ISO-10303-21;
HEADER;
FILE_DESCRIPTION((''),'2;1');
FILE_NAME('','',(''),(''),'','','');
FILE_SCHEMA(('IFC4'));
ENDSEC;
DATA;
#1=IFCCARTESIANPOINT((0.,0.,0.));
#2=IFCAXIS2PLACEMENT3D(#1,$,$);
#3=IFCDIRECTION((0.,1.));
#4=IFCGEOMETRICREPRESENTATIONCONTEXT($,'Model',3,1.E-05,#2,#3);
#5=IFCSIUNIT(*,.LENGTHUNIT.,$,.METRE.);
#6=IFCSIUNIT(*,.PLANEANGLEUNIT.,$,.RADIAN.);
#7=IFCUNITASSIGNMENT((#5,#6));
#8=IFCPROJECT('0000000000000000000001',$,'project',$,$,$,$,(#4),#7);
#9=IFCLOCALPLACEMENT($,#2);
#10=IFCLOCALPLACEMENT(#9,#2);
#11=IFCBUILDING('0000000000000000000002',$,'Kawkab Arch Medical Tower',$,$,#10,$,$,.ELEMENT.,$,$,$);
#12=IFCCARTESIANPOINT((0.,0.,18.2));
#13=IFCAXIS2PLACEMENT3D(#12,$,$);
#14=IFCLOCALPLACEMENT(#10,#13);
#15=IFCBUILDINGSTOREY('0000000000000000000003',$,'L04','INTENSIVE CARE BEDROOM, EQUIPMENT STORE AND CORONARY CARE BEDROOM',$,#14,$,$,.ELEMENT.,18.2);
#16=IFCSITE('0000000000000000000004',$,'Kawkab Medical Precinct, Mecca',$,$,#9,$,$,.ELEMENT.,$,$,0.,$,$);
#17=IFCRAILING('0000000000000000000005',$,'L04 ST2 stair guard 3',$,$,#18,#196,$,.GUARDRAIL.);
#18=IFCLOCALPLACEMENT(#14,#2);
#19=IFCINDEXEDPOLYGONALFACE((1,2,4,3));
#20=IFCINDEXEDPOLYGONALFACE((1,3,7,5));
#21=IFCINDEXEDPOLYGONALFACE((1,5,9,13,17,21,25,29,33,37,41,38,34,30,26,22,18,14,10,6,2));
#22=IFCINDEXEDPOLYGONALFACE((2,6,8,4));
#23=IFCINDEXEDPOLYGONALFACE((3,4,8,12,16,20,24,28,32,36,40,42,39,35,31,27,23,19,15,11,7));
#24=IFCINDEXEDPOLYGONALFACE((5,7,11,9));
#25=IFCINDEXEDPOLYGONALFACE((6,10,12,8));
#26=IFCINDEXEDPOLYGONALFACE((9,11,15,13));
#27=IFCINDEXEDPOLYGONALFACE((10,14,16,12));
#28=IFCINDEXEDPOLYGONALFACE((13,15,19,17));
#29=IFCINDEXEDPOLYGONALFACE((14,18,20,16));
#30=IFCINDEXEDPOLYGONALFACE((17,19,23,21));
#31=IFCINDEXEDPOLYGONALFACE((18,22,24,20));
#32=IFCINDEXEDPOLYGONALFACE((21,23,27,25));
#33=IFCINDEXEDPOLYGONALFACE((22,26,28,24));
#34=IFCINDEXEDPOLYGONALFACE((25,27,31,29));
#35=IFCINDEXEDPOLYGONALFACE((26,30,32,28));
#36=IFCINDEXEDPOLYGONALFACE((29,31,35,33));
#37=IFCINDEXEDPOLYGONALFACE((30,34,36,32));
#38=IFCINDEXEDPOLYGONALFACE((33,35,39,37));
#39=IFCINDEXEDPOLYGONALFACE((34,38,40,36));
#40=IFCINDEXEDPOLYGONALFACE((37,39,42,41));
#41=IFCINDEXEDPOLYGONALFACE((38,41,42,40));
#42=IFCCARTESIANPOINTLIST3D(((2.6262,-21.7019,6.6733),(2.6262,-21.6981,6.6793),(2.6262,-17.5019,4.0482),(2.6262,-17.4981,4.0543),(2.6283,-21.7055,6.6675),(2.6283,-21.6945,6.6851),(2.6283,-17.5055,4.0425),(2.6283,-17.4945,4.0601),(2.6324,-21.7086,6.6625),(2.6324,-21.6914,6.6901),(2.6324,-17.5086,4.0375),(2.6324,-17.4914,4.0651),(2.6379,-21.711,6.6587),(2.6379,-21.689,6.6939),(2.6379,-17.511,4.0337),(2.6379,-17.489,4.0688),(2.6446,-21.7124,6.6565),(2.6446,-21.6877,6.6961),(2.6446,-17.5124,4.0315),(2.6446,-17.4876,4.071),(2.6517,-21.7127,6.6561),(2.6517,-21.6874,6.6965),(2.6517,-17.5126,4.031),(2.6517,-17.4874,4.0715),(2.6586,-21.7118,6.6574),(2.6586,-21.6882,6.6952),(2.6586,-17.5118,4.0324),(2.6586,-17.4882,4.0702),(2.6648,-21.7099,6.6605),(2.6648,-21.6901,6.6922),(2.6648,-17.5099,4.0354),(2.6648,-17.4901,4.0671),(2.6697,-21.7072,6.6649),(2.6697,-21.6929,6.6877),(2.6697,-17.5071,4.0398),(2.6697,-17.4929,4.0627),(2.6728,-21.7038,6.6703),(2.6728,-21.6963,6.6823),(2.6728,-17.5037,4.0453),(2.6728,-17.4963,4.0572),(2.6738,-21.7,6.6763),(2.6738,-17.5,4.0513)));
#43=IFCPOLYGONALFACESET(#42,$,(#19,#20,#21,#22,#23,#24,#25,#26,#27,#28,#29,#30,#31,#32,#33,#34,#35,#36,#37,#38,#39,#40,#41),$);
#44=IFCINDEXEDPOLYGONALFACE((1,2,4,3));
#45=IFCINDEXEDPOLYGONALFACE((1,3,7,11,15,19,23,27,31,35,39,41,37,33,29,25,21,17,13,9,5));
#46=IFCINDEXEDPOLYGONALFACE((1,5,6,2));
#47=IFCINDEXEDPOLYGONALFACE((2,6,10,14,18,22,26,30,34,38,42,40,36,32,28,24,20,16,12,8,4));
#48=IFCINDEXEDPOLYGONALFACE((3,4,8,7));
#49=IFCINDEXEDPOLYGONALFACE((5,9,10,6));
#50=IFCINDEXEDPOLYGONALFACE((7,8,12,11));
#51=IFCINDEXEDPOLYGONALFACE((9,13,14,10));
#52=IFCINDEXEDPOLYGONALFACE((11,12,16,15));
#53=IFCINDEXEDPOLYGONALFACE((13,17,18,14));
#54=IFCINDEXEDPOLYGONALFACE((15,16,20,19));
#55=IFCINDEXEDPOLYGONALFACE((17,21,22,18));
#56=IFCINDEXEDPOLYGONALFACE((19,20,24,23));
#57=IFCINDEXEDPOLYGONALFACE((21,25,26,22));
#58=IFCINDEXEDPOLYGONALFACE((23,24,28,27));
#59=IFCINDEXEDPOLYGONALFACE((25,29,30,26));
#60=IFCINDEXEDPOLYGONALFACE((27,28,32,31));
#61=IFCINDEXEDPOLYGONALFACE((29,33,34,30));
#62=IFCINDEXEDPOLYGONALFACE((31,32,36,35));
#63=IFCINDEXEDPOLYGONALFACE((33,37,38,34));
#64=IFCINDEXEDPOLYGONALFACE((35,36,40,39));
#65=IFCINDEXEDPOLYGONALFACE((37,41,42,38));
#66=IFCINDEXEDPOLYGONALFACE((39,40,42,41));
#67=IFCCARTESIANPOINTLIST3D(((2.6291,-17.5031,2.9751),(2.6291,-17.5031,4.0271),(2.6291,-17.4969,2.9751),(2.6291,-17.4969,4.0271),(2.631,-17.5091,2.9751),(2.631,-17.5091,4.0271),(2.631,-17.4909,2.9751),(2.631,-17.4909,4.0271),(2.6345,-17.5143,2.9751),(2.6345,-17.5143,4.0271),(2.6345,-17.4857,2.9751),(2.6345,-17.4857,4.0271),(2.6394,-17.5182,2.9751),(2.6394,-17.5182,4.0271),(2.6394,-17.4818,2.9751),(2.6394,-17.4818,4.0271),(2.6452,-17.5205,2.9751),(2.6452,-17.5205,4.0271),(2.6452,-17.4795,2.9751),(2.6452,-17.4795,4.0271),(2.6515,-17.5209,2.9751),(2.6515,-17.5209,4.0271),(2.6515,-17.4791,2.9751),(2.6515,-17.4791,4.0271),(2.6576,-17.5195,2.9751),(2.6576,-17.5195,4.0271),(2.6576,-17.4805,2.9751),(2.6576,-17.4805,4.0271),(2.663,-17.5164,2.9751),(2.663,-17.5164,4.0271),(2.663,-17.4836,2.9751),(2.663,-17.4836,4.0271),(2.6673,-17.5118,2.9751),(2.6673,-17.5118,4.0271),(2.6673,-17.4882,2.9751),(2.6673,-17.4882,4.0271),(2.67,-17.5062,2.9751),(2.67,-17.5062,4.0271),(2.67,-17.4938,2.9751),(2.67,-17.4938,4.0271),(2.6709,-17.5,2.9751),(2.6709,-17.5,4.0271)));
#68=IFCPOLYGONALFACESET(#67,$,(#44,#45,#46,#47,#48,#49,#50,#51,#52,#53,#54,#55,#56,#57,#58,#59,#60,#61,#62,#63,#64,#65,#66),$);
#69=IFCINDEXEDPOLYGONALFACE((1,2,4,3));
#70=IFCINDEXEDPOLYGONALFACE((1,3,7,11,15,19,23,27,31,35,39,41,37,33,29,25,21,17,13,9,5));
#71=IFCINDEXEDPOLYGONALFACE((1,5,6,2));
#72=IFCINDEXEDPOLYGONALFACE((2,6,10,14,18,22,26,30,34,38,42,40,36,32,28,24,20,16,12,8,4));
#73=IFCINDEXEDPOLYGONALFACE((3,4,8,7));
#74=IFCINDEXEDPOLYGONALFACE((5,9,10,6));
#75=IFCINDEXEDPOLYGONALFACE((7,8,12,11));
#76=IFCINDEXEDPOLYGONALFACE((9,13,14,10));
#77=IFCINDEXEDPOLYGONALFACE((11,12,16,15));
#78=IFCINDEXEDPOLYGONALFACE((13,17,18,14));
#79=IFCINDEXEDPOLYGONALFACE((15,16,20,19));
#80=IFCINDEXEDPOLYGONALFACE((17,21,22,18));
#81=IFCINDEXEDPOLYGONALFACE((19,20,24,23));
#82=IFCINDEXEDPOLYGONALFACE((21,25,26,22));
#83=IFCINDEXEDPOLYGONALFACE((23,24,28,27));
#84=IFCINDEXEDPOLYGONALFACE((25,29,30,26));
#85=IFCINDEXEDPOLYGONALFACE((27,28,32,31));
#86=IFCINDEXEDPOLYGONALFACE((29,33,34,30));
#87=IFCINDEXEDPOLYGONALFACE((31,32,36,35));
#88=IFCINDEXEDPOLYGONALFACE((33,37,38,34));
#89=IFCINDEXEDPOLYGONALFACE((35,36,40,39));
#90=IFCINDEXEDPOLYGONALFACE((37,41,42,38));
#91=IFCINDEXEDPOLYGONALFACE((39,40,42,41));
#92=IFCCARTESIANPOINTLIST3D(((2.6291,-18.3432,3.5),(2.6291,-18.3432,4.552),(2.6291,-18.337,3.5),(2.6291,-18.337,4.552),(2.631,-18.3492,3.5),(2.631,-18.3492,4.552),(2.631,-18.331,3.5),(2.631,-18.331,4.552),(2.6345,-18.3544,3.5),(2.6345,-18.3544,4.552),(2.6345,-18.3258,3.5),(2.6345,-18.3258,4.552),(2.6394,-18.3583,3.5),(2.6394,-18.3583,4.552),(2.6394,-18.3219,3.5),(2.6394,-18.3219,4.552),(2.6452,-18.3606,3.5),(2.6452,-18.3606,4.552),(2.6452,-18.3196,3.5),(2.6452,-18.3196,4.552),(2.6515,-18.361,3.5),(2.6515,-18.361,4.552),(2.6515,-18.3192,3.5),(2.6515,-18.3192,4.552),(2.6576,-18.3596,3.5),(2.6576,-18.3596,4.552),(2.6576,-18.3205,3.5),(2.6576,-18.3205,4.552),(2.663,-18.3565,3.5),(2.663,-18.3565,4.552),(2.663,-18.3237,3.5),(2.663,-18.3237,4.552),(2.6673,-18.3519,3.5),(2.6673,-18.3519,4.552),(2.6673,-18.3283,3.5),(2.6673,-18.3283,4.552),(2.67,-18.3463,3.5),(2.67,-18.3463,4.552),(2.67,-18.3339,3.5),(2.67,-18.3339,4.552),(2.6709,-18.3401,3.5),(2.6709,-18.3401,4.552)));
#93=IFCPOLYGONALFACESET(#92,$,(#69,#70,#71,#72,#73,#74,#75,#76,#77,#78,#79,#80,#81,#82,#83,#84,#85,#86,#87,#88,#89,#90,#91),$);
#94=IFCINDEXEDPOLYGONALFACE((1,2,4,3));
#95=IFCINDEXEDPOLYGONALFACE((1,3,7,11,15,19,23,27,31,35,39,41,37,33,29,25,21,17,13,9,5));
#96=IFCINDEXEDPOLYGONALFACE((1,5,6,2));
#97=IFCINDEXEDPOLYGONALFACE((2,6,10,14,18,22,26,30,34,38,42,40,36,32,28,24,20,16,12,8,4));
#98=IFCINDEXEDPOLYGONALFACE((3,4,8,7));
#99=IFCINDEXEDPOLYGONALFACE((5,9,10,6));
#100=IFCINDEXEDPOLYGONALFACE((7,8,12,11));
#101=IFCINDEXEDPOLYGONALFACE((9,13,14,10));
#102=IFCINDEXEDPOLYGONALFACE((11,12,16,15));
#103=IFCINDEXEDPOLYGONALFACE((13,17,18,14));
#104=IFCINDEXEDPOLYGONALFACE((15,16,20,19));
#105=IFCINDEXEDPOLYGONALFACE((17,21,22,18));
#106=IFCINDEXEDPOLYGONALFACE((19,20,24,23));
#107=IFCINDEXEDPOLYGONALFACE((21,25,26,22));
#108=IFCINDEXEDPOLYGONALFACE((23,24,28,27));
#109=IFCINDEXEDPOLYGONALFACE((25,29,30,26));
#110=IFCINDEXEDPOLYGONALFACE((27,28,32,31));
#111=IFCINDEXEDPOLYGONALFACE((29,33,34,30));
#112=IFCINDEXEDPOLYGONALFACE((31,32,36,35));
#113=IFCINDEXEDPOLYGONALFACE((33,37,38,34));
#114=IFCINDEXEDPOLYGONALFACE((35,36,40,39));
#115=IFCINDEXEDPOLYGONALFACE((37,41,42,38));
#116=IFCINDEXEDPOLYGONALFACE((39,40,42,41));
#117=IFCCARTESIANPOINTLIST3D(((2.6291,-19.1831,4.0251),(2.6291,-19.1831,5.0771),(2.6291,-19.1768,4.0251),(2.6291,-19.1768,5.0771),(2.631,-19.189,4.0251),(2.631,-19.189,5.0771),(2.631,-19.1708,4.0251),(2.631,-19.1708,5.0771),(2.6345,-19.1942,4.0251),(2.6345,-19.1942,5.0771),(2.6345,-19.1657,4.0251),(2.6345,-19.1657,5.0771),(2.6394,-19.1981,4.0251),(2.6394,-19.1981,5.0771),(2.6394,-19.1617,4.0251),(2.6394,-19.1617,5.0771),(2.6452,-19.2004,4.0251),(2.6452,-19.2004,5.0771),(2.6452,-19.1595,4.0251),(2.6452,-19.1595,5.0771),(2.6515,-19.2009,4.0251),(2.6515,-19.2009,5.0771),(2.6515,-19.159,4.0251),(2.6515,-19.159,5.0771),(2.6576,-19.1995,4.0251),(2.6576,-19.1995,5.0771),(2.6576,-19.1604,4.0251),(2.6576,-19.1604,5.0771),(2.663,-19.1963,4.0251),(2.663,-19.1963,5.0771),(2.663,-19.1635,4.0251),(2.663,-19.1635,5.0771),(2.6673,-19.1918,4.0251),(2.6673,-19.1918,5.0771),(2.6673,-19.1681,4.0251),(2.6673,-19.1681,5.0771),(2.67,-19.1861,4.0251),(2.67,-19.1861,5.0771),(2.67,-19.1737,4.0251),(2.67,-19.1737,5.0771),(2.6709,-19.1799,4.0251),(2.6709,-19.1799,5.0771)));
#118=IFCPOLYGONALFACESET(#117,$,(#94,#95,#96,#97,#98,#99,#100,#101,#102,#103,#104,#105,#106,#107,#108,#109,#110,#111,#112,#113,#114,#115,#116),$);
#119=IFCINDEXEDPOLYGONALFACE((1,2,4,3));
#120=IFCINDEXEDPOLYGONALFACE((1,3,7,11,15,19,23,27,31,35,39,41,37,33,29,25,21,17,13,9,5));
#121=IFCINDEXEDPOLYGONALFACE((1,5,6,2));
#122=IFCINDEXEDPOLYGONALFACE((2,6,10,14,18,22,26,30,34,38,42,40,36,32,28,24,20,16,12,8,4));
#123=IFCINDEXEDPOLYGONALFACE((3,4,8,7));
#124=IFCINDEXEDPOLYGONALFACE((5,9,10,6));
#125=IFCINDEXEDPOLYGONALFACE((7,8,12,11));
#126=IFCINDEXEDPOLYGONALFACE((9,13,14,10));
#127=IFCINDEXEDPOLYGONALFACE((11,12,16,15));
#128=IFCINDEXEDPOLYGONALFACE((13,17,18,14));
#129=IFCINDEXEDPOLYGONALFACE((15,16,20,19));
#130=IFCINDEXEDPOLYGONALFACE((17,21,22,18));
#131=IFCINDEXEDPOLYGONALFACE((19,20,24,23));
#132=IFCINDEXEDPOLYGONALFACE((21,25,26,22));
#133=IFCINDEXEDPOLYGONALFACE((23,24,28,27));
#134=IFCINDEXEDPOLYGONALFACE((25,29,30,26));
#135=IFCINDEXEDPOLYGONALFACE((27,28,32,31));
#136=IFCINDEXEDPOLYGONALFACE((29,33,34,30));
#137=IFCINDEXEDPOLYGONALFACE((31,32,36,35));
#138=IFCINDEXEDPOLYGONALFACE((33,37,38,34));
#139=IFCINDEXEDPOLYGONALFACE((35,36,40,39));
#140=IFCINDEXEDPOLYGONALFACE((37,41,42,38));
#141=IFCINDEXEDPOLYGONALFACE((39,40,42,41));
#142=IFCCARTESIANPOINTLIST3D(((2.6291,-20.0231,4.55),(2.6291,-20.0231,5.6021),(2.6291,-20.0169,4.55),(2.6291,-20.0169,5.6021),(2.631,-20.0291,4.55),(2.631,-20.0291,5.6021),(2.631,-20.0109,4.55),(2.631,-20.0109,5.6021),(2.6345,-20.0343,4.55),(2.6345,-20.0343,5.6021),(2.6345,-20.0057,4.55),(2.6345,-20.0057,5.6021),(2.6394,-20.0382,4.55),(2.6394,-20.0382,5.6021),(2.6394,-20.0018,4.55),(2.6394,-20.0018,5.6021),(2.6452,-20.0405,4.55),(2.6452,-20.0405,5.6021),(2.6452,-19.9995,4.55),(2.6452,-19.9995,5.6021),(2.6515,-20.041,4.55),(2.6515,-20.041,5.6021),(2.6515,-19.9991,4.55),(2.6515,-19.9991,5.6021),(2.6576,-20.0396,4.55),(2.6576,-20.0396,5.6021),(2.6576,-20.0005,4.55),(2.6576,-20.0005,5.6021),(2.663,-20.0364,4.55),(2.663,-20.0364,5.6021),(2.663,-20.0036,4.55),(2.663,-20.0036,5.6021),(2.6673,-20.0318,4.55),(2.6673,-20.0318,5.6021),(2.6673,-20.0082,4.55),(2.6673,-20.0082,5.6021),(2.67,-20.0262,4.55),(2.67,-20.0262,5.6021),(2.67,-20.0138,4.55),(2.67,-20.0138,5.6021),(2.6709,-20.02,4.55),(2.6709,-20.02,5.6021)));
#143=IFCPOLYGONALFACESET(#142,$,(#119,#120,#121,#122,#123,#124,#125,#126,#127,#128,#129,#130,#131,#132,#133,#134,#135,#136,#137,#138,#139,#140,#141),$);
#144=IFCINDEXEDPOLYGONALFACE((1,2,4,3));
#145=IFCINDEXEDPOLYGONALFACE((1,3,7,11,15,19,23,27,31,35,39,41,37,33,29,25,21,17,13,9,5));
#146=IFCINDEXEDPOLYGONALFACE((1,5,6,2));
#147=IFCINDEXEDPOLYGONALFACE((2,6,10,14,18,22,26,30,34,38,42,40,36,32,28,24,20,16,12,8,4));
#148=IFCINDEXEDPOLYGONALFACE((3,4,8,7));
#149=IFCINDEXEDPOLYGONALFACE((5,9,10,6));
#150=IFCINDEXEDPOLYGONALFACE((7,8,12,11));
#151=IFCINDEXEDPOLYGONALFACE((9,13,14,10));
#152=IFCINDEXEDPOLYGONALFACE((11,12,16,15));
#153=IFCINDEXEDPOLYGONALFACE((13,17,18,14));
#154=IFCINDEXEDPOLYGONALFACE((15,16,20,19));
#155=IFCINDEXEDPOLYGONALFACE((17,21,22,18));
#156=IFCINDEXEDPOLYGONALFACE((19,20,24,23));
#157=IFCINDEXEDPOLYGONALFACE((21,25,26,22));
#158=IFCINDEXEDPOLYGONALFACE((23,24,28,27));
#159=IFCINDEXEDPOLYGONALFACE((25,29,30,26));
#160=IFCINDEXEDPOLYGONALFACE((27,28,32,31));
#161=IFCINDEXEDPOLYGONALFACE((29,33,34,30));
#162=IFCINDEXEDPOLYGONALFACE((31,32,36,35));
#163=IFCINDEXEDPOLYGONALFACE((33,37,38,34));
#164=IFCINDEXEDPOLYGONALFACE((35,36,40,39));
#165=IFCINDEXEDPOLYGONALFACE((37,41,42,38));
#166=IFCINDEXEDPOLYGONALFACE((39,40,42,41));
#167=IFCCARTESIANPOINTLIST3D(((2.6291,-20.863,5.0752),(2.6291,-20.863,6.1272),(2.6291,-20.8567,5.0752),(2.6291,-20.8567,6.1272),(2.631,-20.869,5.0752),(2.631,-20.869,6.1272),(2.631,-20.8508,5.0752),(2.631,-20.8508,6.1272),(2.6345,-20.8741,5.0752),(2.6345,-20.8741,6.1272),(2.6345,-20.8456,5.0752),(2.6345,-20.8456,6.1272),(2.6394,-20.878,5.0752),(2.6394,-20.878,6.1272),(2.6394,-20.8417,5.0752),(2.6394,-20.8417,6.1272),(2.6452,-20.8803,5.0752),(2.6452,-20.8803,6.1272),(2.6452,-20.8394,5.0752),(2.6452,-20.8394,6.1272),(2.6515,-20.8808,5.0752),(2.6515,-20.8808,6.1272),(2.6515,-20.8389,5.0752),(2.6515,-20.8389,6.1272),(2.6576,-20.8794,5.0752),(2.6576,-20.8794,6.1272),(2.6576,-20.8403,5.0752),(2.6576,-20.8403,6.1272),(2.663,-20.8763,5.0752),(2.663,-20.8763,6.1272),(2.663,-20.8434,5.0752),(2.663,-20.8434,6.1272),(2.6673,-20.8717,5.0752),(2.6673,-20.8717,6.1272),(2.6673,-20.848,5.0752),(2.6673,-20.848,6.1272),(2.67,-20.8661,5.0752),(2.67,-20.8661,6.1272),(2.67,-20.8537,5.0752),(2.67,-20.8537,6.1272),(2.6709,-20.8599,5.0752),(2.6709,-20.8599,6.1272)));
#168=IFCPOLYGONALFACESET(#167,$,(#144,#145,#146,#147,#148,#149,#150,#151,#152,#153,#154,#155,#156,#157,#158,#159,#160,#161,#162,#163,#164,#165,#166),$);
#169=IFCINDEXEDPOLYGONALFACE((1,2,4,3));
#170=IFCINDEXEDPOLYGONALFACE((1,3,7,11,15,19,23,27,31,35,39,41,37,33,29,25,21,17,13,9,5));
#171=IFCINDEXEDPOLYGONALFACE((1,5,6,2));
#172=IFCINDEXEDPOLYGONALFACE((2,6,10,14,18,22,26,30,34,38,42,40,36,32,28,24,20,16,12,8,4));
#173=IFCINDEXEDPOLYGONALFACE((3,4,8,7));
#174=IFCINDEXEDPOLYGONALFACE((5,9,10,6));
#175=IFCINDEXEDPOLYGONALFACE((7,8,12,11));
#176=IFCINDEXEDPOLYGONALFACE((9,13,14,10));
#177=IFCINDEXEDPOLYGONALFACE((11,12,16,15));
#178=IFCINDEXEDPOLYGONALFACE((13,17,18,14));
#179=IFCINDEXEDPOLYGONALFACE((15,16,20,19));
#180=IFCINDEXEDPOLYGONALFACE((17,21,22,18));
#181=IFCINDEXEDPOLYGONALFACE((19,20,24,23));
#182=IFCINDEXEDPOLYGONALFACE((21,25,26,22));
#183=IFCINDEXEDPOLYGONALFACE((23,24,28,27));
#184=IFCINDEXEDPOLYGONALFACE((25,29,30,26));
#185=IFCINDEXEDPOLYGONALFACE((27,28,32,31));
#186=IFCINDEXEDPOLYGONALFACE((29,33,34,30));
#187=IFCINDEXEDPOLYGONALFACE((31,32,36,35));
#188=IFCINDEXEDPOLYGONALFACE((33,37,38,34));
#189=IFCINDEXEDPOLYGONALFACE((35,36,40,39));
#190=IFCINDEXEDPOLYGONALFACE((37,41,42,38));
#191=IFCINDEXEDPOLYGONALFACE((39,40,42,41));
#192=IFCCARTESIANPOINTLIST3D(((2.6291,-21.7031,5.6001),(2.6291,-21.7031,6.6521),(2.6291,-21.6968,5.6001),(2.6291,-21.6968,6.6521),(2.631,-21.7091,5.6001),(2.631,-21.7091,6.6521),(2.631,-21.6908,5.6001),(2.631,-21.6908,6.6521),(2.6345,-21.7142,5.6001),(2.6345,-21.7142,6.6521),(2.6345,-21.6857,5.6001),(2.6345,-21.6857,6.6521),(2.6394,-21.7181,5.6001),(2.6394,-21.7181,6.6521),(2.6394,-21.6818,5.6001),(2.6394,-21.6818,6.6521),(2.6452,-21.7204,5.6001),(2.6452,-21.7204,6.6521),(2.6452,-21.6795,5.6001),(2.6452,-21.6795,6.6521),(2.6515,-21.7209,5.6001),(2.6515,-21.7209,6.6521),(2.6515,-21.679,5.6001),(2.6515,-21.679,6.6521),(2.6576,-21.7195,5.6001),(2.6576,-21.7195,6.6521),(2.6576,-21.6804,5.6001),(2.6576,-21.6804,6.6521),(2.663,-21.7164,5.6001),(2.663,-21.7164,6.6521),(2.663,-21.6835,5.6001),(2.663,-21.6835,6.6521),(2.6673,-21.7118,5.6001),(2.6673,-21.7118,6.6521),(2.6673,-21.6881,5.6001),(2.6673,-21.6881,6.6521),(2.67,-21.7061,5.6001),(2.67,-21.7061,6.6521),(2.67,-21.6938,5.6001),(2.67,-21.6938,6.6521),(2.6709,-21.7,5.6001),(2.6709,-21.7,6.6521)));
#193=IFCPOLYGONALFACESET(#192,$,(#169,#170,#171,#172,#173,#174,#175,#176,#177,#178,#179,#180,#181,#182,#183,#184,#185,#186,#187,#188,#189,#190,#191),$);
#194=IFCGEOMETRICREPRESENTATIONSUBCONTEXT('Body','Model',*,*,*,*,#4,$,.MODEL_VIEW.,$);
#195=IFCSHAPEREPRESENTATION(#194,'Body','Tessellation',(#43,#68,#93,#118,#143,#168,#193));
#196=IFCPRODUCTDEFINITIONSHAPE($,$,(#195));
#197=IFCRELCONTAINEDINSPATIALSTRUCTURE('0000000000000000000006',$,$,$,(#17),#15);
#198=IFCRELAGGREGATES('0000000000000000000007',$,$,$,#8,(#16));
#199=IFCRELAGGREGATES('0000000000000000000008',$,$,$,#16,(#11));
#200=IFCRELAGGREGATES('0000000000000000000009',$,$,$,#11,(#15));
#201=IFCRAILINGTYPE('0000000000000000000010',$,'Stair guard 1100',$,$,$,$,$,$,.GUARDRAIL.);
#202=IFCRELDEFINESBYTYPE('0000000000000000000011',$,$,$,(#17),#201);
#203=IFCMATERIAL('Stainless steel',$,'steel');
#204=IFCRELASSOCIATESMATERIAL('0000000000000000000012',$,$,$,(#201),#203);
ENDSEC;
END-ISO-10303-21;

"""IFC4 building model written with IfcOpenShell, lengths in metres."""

from ifc_helpers import new_model, si_unit, direction, frame, origin, origin_2d, place, context, subcontext, project, spatial, circle, extrude, material, type_object, element, save


model = new_model("IFC4")

# Units and contexts
model_context = context("Model", 3, precision=1e-05, world=origin(), true_north=direction((0.0, 1.0)))
body_context = subcontext(model_context, "Body", "Model", "MODEL_VIEW")
ifc_project = project(units=[si_unit("LENGTHUNIT", "METRE"), si_unit("PLANEANGLEUNIT", "RADIAN")], contexts=[model_context])

# Site, building, storey
site_placement = place(None, origin())
site = spatial("IfcSite", under=ifc_project, at=site_placement, Name="Kawkab Medical Precinct, Mecca", CompositionType="ELEMENT", RefElevation=0.0)
building_placement = place(site_placement, origin())
building = spatial("IfcBuilding", under=site, at=building_placement, Name="Kawkab Arch Medical Tower", CompositionType="ELEMENT")
storey_placement = place(building_placement, frame((0.0, 0.0, 18.2)))
storey = spatial("IfcBuildingStorey", under=building, at=storey_placement, Name="L04", Description="INTENSIVE CARE BEDROOM, EQUIPMENT STORE AND CORONARY CARE BEDROOM", CompositionType="ELEMENT", Elevation=18.2)

# Railing
ifc_material_1 = material(Name="Stainless steel", Category="steel")
railing_type = type_object("IfcRailingType", Name="Stair guard 1100", PredefinedType="GUARDRAIL", material=ifc_material_1)
railing_1_placement = place(storey_placement, frame((2.6499, -17.5, 2.9751)))
element("IfcRailing", 1, at=railing_1_placement, inside=storey, type_object=railing_type, Name="L04 ST2 stair guard 3", PredefinedType="GUARDRAIL", context=body_context, shape_type="SweptSolid", body=[
    extrude(circle(Radius=0.0239, at=origin_2d()), frame((0.0, 0.0, 1.0762), z_axis=(0.0, -0.847996, 0.530003), x_axis=(1.0, 0.0, 0.0)), (0.0, 0.0, 1.0), 4.9529),
    extrude(circle(Radius=0.021, at=origin_2d()), origin(), (0.0, 0.0, 1.0), 1.052),
    extrude(circle(Radius=0.021, at=origin_2d()), frame((0.0, -0.8401, 0.5249)), (0.0, 0.0, 1.0), 1.052),
    extrude(circle(Radius=0.021, at=origin_2d()), frame((0.0, -1.6799, 1.05)), (0.0, 0.0, 1.0), 1.052),
    extrude(circle(Radius=0.021, at=origin_2d()), frame((0.0, -2.52, 1.575)), (0.0, 0.0, 1.0), 1.052),
    extrude(circle(Radius=0.021, at=origin_2d()), frame((0.0, -3.3599, 2.1001)), (0.0, 0.0, 1.0), 1.052),
    extrude(circle(Radius=0.021, at=origin_2d()), frame((0.0, -4.2, 2.625)), (0.0, 0.0, 1.0), 1.052),
])

save(model, "model.ifc")
